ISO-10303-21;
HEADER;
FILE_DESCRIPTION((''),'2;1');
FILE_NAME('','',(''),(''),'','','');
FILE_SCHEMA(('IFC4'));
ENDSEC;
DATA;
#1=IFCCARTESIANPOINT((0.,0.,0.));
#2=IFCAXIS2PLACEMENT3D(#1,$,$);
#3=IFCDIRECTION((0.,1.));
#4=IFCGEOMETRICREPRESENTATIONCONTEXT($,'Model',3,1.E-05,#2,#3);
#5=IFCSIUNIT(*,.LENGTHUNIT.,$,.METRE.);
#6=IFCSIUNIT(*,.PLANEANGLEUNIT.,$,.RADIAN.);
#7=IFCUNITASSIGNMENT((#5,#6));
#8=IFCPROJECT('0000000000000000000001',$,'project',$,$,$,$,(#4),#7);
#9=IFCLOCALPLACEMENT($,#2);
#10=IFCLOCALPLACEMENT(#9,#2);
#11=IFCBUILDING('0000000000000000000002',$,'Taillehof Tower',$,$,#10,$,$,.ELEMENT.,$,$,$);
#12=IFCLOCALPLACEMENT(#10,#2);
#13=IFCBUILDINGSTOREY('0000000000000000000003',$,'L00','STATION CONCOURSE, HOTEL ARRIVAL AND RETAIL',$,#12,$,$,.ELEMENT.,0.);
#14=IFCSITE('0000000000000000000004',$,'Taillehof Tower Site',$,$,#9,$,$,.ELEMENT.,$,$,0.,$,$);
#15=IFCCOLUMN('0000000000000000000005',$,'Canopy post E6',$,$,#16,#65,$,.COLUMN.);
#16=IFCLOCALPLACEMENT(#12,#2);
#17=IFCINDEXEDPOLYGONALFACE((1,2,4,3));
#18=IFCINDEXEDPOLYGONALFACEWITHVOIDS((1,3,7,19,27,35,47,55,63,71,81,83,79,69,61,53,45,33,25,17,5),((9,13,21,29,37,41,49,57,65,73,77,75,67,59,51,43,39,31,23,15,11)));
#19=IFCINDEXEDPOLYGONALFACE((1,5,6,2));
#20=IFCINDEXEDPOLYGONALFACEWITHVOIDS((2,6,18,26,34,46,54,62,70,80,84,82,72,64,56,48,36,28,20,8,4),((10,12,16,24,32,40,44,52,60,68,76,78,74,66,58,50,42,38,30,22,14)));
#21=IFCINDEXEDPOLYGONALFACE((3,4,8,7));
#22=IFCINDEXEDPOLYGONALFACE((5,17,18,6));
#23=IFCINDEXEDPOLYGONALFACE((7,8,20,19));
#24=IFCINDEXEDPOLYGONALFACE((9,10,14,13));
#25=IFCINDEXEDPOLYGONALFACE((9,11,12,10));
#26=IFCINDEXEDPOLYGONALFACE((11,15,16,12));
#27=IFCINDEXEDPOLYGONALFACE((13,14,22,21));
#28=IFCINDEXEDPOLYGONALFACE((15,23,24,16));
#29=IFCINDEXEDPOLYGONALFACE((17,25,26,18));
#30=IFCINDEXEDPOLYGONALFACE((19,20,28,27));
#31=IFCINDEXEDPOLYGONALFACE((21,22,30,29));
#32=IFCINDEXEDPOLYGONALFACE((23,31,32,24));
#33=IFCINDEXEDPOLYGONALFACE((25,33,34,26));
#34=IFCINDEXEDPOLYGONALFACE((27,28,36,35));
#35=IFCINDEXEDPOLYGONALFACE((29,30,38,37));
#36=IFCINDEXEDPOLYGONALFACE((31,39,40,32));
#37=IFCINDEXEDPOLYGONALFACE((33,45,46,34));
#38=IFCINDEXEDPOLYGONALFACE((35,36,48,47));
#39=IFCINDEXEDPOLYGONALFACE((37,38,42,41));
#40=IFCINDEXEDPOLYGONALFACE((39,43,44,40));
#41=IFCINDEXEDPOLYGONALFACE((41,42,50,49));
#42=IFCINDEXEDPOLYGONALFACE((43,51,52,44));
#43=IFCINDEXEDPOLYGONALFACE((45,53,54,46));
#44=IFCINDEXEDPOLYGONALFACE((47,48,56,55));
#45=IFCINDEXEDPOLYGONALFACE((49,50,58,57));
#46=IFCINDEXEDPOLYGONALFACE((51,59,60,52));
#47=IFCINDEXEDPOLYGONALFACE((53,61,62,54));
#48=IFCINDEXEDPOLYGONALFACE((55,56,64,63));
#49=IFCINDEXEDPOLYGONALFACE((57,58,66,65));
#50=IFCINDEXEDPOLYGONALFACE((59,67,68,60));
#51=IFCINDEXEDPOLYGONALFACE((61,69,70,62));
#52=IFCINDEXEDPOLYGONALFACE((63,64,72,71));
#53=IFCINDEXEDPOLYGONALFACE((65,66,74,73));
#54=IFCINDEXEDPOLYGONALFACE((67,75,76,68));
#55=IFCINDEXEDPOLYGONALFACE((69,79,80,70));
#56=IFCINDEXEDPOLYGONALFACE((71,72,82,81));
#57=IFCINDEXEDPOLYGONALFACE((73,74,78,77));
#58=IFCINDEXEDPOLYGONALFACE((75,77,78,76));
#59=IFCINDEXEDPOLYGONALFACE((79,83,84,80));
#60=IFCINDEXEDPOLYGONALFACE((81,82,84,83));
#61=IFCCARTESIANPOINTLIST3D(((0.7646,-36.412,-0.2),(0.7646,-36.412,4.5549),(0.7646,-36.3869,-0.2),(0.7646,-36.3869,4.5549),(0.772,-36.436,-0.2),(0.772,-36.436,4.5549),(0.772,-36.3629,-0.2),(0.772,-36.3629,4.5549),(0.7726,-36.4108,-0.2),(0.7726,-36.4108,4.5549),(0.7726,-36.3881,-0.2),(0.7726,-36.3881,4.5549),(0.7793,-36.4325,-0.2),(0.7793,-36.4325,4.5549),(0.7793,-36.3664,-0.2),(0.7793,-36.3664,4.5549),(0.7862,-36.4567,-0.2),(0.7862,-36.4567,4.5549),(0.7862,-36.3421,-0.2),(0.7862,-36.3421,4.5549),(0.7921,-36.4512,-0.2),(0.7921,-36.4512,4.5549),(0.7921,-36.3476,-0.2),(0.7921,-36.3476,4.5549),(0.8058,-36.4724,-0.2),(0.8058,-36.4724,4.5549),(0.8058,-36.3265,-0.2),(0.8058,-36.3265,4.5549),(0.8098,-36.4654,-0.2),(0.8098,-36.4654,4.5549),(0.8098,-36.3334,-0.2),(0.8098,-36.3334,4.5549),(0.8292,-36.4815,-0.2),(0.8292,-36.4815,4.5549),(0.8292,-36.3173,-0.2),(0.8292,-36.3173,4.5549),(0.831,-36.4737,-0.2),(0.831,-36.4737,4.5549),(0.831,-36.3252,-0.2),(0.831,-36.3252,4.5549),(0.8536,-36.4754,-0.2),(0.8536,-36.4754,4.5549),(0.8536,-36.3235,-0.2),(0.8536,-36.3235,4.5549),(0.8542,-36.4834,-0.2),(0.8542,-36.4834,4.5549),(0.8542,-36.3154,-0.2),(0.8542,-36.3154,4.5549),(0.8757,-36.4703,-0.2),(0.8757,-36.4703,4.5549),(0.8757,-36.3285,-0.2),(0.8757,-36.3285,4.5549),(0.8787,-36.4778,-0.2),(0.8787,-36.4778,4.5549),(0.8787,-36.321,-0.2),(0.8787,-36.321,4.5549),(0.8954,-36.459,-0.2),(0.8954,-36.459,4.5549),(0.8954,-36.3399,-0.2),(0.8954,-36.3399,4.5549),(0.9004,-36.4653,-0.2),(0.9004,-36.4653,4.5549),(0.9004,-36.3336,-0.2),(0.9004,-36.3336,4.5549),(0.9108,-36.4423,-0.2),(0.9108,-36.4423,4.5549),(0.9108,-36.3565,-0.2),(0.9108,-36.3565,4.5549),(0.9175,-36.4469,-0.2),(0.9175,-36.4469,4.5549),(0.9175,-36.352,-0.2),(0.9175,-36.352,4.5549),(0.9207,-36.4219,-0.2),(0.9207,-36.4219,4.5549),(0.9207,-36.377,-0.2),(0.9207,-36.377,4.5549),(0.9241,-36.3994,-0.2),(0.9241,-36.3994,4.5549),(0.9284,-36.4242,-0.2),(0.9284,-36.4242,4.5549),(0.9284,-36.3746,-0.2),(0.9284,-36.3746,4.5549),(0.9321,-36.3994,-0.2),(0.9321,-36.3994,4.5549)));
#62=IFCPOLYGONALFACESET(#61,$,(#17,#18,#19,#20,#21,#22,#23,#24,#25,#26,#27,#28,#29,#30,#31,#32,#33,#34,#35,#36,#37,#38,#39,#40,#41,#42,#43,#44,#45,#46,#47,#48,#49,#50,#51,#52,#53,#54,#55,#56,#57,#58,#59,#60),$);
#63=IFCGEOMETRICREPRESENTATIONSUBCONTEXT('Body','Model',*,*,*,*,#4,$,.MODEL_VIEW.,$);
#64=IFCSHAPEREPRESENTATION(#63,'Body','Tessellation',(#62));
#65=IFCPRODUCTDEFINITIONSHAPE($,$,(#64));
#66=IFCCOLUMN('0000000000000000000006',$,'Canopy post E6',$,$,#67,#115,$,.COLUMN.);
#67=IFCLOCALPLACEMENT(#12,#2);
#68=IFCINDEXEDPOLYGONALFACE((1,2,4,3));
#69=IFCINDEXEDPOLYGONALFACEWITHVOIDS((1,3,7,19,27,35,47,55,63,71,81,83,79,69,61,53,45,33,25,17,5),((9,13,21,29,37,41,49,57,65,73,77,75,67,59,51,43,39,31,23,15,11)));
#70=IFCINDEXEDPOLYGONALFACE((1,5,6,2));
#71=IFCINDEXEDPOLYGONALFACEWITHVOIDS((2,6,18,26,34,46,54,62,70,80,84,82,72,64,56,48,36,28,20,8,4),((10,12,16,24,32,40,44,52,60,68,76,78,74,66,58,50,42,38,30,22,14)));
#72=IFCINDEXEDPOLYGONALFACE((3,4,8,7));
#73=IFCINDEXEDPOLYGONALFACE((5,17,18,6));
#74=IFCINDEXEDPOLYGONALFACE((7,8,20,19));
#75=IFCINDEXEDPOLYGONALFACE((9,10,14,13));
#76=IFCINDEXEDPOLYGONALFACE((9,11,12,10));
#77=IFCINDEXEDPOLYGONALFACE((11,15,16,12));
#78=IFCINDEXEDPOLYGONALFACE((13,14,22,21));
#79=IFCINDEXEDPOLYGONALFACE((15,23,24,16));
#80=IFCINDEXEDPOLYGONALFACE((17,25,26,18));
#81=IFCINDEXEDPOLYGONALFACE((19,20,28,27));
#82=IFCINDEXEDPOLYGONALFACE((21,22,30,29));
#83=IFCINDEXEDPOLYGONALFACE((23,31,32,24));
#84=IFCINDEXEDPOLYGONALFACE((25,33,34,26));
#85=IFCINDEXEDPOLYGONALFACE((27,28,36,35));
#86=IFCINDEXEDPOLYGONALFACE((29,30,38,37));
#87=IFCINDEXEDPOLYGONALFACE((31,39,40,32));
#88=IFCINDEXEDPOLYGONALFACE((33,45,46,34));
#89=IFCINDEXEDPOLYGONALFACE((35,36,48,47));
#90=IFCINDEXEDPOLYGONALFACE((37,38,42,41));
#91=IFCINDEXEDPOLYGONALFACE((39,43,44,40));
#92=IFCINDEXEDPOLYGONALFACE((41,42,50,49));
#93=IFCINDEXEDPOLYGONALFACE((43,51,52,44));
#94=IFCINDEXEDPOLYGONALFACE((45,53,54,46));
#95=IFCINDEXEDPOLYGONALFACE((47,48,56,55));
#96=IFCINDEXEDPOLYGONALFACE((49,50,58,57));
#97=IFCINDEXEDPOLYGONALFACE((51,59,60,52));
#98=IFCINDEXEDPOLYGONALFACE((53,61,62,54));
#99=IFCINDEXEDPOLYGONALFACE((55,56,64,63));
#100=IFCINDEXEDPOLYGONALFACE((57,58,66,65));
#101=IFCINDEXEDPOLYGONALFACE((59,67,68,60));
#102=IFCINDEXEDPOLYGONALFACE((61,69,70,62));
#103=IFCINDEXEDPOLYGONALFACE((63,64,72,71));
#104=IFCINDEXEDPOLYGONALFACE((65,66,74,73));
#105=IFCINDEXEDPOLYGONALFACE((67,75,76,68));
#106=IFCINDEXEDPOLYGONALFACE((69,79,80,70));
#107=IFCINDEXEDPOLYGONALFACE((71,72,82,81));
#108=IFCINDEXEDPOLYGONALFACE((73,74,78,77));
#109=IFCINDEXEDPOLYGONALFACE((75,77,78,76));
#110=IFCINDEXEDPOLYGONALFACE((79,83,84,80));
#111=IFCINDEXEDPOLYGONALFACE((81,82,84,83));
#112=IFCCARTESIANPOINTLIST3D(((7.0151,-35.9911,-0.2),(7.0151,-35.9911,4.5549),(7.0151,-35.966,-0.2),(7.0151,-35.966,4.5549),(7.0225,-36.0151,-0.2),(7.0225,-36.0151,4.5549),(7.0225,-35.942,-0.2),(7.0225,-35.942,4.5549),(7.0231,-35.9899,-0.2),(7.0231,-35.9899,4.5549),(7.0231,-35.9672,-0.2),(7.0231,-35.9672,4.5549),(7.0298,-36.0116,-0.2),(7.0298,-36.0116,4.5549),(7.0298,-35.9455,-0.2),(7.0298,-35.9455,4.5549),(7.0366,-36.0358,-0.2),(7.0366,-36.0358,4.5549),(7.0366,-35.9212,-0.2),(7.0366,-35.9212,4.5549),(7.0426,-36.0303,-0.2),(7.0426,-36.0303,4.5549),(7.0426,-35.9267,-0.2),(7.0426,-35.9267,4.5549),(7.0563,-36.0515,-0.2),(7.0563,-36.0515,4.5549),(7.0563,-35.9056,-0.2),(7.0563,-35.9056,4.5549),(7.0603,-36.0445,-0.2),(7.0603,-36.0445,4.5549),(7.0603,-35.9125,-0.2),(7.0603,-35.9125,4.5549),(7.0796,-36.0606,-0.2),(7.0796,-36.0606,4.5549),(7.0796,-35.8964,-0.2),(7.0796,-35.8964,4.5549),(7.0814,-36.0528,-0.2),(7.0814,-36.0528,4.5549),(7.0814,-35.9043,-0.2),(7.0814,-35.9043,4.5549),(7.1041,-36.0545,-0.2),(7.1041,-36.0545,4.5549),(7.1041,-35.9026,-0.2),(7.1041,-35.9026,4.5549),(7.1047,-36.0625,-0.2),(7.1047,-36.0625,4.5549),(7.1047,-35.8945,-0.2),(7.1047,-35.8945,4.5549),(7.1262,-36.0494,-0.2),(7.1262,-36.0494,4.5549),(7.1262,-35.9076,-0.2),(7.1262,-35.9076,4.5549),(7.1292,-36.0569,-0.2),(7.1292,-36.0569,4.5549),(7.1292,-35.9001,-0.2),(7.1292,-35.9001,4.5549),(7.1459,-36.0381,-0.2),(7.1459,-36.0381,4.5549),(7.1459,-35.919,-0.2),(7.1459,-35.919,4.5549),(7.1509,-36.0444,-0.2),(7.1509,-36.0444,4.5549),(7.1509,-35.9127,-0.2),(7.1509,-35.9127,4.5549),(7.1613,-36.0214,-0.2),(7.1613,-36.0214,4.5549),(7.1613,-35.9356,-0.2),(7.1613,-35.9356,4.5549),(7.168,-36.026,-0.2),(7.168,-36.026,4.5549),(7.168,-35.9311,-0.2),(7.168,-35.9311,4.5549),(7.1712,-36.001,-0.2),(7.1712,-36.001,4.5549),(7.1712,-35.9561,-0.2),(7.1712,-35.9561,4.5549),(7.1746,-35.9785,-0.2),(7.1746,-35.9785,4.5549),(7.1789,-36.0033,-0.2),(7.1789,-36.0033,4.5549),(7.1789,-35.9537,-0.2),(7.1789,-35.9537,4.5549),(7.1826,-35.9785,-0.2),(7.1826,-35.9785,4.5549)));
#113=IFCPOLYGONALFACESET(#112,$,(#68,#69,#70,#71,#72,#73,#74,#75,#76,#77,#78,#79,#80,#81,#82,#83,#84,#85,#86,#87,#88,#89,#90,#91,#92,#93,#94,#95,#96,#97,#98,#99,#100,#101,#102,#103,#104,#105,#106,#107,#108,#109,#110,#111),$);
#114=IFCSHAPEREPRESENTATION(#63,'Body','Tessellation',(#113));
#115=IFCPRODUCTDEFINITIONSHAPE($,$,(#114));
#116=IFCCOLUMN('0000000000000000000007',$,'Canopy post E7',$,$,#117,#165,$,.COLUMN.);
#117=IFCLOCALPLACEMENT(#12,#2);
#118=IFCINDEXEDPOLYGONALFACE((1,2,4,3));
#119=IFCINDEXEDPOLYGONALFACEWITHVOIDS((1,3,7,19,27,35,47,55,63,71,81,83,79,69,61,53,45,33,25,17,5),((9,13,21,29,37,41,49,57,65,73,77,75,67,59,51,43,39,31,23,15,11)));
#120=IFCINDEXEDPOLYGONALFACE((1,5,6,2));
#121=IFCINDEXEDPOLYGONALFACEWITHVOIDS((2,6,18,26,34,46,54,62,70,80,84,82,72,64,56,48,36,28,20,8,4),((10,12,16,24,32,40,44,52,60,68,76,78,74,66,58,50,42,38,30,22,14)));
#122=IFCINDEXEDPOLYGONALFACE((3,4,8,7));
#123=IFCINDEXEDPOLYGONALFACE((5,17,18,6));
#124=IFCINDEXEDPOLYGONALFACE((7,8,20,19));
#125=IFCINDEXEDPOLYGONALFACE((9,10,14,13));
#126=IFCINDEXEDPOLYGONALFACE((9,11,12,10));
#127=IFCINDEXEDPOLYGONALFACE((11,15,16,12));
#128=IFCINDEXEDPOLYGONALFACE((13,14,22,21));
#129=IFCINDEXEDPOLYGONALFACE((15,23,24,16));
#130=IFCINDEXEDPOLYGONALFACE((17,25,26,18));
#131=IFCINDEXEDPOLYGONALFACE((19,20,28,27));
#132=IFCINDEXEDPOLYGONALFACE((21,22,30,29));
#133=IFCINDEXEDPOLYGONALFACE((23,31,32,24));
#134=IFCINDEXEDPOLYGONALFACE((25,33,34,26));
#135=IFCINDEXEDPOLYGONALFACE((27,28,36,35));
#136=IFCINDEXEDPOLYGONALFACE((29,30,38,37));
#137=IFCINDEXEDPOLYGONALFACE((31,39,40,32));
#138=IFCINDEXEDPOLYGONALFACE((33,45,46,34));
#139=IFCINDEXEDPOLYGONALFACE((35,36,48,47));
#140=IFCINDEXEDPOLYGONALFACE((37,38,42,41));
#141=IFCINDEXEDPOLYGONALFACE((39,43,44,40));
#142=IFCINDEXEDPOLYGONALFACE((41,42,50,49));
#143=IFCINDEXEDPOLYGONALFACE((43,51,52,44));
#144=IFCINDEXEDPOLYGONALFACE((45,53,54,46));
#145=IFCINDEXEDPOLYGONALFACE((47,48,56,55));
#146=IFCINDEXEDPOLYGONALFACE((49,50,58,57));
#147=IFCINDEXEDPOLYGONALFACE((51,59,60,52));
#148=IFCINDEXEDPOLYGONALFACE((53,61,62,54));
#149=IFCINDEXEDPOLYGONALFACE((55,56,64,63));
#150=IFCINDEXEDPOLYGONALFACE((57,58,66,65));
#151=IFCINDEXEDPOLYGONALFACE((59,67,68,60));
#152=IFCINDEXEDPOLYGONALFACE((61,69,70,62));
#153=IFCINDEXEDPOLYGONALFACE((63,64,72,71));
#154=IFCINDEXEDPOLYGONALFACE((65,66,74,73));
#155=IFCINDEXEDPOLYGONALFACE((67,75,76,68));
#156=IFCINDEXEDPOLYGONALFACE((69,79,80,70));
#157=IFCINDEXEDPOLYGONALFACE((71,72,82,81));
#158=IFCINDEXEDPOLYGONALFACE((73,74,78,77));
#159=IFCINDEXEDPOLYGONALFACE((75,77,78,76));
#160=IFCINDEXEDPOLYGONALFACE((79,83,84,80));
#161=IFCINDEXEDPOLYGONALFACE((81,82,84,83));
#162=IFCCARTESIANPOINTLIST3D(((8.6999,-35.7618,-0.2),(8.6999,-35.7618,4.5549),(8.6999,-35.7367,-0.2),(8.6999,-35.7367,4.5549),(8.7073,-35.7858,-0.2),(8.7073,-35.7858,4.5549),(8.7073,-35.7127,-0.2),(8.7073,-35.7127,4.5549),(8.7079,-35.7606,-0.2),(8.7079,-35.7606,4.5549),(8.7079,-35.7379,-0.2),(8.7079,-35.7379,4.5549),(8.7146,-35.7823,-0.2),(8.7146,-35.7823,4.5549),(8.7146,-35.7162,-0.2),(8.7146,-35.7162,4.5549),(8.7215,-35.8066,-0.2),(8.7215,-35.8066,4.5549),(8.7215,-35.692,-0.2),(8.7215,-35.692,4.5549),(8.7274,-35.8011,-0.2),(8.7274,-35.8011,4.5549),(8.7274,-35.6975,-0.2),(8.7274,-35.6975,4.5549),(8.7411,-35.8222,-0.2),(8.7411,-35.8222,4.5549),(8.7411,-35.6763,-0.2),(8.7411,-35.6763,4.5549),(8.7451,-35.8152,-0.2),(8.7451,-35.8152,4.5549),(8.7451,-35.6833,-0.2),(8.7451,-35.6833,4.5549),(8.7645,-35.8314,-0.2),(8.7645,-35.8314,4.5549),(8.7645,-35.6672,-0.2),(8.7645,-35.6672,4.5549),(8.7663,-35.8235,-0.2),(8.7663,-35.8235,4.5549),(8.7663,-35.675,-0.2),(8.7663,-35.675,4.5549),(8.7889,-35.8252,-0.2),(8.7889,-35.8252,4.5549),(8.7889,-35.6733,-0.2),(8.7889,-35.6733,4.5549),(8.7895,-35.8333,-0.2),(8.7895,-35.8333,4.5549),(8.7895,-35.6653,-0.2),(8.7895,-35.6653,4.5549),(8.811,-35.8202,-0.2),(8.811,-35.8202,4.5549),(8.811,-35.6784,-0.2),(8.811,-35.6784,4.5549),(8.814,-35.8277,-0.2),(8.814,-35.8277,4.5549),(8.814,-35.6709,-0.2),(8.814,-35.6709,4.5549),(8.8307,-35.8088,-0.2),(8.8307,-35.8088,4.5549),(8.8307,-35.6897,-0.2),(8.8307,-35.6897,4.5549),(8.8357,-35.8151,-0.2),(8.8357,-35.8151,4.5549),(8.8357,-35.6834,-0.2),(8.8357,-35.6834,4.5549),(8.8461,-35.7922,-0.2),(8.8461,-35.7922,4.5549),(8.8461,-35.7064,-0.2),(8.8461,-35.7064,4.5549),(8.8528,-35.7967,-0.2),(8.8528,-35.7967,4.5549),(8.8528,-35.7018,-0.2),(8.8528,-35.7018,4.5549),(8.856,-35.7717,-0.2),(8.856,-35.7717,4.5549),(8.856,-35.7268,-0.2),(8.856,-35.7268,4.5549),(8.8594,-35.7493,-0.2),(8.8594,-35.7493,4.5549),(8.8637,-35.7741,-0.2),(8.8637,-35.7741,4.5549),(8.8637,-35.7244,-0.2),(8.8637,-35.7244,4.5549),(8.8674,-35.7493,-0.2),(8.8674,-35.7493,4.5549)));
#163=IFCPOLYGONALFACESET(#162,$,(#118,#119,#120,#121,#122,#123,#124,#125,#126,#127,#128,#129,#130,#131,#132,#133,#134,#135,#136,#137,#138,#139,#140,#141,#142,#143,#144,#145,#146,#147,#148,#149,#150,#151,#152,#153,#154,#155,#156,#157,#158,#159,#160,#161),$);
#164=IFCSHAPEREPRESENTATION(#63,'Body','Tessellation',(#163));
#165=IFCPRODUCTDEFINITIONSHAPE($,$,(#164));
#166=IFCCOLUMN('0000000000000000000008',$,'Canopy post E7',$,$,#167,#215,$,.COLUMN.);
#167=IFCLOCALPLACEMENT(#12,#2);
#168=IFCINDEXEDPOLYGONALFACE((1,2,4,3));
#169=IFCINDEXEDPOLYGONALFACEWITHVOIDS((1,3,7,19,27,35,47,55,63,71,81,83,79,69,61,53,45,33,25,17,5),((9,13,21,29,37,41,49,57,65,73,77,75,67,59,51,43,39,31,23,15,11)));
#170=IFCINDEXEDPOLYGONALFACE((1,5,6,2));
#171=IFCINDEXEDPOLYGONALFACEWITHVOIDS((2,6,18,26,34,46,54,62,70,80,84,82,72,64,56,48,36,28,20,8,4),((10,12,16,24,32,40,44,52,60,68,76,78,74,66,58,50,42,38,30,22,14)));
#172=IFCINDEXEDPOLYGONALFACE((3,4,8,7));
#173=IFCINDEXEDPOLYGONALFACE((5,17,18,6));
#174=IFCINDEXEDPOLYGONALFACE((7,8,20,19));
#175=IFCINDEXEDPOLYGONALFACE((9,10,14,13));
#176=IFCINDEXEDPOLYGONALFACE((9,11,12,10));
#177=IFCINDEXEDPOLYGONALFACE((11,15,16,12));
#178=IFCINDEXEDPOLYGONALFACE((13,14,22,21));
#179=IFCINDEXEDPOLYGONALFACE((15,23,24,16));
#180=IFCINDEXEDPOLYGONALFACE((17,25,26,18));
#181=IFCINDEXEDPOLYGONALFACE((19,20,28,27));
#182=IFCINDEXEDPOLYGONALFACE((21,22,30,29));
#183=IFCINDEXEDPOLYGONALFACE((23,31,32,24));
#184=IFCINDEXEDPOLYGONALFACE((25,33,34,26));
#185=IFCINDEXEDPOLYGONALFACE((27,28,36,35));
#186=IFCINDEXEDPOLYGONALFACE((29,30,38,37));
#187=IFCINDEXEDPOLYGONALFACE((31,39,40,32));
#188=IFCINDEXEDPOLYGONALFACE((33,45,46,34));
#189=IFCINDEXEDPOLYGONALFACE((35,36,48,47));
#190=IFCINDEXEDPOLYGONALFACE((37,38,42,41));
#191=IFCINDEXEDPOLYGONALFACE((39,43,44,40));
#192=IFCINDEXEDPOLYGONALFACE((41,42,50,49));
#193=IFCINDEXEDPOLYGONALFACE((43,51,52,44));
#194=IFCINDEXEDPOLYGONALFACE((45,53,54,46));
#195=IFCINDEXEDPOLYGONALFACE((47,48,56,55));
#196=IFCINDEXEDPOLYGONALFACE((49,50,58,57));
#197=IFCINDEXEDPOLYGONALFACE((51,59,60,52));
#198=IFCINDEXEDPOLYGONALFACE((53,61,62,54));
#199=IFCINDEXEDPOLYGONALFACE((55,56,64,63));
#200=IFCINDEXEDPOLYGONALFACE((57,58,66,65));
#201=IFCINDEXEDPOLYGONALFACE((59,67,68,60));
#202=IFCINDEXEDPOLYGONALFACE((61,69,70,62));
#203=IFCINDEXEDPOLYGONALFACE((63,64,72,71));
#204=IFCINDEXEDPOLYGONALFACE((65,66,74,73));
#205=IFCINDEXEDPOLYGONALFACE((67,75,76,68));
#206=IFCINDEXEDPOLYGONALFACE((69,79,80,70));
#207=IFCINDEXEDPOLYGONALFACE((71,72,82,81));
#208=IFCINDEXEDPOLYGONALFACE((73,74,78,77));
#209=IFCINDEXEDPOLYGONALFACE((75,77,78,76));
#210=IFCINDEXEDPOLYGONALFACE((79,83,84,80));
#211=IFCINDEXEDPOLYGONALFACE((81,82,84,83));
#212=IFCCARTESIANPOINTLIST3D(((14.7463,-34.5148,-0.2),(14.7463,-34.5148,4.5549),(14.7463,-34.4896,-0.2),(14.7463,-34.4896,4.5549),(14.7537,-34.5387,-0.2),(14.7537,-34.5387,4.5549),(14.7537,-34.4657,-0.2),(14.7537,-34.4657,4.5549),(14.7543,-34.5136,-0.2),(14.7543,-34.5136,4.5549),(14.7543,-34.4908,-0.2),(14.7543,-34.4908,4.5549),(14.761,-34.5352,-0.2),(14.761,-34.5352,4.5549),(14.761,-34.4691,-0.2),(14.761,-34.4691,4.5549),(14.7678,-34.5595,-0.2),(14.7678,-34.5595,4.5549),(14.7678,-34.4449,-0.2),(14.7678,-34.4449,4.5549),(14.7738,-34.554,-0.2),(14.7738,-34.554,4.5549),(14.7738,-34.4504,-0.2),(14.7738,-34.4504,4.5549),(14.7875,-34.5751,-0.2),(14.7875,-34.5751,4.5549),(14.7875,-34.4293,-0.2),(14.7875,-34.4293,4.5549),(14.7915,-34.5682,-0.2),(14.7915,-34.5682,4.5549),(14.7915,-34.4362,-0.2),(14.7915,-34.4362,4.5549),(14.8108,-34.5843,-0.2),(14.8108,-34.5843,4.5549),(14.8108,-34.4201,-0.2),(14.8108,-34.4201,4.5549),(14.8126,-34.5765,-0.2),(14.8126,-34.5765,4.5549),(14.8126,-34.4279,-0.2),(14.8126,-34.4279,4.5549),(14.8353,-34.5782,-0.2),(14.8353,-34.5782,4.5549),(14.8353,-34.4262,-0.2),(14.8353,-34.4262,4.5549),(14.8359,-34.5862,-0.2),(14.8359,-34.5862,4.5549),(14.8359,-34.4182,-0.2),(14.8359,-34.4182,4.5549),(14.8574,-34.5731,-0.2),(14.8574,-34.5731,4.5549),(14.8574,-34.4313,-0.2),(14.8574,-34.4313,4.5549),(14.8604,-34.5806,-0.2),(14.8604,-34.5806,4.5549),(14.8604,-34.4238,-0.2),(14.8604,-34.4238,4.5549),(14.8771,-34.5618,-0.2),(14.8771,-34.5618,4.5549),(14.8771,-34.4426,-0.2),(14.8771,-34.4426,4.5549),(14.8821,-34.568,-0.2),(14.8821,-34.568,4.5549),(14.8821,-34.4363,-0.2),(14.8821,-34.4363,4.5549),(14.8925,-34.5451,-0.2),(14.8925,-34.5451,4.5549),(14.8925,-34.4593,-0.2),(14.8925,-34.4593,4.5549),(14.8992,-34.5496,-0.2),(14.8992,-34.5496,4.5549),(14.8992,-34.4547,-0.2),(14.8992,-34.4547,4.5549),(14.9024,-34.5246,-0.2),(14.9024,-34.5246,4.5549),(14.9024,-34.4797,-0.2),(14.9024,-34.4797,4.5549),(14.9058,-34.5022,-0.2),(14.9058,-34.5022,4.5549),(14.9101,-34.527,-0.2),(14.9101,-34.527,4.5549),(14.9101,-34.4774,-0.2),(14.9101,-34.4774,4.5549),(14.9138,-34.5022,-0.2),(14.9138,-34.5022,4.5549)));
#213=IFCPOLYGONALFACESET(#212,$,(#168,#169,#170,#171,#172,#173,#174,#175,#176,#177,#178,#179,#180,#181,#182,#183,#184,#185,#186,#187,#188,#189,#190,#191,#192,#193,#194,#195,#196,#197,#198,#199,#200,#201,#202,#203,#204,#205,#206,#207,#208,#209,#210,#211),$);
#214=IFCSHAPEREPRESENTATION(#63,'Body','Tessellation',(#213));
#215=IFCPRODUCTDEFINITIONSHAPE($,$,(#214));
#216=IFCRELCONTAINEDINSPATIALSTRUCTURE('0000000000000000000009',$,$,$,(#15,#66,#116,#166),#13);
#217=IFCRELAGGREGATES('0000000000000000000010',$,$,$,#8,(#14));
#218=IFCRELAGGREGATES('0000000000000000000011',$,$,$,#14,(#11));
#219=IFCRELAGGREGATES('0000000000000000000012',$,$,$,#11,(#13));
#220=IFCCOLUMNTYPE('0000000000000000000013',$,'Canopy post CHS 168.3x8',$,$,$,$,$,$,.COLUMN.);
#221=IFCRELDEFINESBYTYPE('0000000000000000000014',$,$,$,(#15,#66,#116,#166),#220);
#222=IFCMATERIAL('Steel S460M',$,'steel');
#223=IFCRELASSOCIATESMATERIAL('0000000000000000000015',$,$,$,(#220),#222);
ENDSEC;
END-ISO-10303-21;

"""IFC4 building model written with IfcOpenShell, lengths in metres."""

from ifc_helpers import new_model, si_unit, direction, frame, origin, origin_2d, place, context, subcontext, project, spatial, hollow_circle, extrude, material, material_profile, profile_set, type_object, element, save


model = new_model("IFC4")

# Units and contexts
model_context = context("Model", 3, precision=1e-05, world=origin(), true_north=direction((0.0, 1.0)))
body_context = subcontext(model_context, "Body", "Model", "MODEL_VIEW")
ifc_project = project(units=[si_unit("LENGTHUNIT", "METRE"), si_unit("PLANEANGLEUNIT", "RADIAN")], contexts=[model_context])

# Site, building, storey
site_placement = place(None, origin())
site = spatial("IfcSite", under=ifc_project, at=site_placement, Name="Taillehof Tower Site", CompositionType="ELEMENT", RefElevation=0.0)
building_placement = place(site_placement, origin())
building = spatial("IfcBuilding", under=site, at=building_placement, Name="Taillehof Tower", CompositionType="ELEMENT")
storey_placement = place(building_placement, origin())
storey = spatial("IfcBuildingStorey", under=building, at=storey_placement, Name="L00", Description="STATION CONCOURSE, HOTEL ARRIVAL AND RETAIL", CompositionType="ELEMENT", Elevation=0.0)

# Columns
ifc_material_1 = material(Name="Steel S460M", Category="steel")
ifc_material_profile_1 = material_profile(ifc_material_1, hollow_circle(Radius=0.0842, WallThickness=0.0081, at=origin_2d()), Name="CHS 168.3x8")
ifc_profile_set_1 = profile_set([ifc_material_profile_1], Name="Steel S460M")
column_type_1 = type_object("IfcColumnType", Name="Canopy post CHS 168.3x8", PredefinedType="COLUMN", material=ifc_profile_set_1)
for number, where, z_axis, x_axis, name in (
    (1, (0.8479, -36.3994, -0.2), (0.0, 0.0, 1.0), (1.0, 0.0, 0.0), "Canopy post E6"),
    (2, (7.0984, -35.9785, -0.2), (0.0, 0.0, 1.0), (1.0, 0.0, 0.0), "Canopy post E6"),
    (3, (8.7832, -35.7493, -0.2), (0.0, 0.0, 1.0), (1.0, 0.0, 0.0), "Canopy post E7"),
    (4, (14.8296, -34.5022, -0.2), (0.0, 0.0, 1.0), (1.0, 0.0, 0.0), "Canopy post E7"),
):
    element("IfcColumn", number, at=place(storey_placement, frame(where, z_axis=z_axis, x_axis=x_axis)), inside=storey, type_object=column_type_1, Name=name, PredefinedType="COLUMN", context=body_context, shape_type="SweptSolid", body=[
        extrude(hollow_circle(Radius=0.0842, WallThickness=0.0081, at=origin_2d()), origin(), (0.0, 0.0, 1.0), 4.7549),
    ])

save(model, "model.ifc")
